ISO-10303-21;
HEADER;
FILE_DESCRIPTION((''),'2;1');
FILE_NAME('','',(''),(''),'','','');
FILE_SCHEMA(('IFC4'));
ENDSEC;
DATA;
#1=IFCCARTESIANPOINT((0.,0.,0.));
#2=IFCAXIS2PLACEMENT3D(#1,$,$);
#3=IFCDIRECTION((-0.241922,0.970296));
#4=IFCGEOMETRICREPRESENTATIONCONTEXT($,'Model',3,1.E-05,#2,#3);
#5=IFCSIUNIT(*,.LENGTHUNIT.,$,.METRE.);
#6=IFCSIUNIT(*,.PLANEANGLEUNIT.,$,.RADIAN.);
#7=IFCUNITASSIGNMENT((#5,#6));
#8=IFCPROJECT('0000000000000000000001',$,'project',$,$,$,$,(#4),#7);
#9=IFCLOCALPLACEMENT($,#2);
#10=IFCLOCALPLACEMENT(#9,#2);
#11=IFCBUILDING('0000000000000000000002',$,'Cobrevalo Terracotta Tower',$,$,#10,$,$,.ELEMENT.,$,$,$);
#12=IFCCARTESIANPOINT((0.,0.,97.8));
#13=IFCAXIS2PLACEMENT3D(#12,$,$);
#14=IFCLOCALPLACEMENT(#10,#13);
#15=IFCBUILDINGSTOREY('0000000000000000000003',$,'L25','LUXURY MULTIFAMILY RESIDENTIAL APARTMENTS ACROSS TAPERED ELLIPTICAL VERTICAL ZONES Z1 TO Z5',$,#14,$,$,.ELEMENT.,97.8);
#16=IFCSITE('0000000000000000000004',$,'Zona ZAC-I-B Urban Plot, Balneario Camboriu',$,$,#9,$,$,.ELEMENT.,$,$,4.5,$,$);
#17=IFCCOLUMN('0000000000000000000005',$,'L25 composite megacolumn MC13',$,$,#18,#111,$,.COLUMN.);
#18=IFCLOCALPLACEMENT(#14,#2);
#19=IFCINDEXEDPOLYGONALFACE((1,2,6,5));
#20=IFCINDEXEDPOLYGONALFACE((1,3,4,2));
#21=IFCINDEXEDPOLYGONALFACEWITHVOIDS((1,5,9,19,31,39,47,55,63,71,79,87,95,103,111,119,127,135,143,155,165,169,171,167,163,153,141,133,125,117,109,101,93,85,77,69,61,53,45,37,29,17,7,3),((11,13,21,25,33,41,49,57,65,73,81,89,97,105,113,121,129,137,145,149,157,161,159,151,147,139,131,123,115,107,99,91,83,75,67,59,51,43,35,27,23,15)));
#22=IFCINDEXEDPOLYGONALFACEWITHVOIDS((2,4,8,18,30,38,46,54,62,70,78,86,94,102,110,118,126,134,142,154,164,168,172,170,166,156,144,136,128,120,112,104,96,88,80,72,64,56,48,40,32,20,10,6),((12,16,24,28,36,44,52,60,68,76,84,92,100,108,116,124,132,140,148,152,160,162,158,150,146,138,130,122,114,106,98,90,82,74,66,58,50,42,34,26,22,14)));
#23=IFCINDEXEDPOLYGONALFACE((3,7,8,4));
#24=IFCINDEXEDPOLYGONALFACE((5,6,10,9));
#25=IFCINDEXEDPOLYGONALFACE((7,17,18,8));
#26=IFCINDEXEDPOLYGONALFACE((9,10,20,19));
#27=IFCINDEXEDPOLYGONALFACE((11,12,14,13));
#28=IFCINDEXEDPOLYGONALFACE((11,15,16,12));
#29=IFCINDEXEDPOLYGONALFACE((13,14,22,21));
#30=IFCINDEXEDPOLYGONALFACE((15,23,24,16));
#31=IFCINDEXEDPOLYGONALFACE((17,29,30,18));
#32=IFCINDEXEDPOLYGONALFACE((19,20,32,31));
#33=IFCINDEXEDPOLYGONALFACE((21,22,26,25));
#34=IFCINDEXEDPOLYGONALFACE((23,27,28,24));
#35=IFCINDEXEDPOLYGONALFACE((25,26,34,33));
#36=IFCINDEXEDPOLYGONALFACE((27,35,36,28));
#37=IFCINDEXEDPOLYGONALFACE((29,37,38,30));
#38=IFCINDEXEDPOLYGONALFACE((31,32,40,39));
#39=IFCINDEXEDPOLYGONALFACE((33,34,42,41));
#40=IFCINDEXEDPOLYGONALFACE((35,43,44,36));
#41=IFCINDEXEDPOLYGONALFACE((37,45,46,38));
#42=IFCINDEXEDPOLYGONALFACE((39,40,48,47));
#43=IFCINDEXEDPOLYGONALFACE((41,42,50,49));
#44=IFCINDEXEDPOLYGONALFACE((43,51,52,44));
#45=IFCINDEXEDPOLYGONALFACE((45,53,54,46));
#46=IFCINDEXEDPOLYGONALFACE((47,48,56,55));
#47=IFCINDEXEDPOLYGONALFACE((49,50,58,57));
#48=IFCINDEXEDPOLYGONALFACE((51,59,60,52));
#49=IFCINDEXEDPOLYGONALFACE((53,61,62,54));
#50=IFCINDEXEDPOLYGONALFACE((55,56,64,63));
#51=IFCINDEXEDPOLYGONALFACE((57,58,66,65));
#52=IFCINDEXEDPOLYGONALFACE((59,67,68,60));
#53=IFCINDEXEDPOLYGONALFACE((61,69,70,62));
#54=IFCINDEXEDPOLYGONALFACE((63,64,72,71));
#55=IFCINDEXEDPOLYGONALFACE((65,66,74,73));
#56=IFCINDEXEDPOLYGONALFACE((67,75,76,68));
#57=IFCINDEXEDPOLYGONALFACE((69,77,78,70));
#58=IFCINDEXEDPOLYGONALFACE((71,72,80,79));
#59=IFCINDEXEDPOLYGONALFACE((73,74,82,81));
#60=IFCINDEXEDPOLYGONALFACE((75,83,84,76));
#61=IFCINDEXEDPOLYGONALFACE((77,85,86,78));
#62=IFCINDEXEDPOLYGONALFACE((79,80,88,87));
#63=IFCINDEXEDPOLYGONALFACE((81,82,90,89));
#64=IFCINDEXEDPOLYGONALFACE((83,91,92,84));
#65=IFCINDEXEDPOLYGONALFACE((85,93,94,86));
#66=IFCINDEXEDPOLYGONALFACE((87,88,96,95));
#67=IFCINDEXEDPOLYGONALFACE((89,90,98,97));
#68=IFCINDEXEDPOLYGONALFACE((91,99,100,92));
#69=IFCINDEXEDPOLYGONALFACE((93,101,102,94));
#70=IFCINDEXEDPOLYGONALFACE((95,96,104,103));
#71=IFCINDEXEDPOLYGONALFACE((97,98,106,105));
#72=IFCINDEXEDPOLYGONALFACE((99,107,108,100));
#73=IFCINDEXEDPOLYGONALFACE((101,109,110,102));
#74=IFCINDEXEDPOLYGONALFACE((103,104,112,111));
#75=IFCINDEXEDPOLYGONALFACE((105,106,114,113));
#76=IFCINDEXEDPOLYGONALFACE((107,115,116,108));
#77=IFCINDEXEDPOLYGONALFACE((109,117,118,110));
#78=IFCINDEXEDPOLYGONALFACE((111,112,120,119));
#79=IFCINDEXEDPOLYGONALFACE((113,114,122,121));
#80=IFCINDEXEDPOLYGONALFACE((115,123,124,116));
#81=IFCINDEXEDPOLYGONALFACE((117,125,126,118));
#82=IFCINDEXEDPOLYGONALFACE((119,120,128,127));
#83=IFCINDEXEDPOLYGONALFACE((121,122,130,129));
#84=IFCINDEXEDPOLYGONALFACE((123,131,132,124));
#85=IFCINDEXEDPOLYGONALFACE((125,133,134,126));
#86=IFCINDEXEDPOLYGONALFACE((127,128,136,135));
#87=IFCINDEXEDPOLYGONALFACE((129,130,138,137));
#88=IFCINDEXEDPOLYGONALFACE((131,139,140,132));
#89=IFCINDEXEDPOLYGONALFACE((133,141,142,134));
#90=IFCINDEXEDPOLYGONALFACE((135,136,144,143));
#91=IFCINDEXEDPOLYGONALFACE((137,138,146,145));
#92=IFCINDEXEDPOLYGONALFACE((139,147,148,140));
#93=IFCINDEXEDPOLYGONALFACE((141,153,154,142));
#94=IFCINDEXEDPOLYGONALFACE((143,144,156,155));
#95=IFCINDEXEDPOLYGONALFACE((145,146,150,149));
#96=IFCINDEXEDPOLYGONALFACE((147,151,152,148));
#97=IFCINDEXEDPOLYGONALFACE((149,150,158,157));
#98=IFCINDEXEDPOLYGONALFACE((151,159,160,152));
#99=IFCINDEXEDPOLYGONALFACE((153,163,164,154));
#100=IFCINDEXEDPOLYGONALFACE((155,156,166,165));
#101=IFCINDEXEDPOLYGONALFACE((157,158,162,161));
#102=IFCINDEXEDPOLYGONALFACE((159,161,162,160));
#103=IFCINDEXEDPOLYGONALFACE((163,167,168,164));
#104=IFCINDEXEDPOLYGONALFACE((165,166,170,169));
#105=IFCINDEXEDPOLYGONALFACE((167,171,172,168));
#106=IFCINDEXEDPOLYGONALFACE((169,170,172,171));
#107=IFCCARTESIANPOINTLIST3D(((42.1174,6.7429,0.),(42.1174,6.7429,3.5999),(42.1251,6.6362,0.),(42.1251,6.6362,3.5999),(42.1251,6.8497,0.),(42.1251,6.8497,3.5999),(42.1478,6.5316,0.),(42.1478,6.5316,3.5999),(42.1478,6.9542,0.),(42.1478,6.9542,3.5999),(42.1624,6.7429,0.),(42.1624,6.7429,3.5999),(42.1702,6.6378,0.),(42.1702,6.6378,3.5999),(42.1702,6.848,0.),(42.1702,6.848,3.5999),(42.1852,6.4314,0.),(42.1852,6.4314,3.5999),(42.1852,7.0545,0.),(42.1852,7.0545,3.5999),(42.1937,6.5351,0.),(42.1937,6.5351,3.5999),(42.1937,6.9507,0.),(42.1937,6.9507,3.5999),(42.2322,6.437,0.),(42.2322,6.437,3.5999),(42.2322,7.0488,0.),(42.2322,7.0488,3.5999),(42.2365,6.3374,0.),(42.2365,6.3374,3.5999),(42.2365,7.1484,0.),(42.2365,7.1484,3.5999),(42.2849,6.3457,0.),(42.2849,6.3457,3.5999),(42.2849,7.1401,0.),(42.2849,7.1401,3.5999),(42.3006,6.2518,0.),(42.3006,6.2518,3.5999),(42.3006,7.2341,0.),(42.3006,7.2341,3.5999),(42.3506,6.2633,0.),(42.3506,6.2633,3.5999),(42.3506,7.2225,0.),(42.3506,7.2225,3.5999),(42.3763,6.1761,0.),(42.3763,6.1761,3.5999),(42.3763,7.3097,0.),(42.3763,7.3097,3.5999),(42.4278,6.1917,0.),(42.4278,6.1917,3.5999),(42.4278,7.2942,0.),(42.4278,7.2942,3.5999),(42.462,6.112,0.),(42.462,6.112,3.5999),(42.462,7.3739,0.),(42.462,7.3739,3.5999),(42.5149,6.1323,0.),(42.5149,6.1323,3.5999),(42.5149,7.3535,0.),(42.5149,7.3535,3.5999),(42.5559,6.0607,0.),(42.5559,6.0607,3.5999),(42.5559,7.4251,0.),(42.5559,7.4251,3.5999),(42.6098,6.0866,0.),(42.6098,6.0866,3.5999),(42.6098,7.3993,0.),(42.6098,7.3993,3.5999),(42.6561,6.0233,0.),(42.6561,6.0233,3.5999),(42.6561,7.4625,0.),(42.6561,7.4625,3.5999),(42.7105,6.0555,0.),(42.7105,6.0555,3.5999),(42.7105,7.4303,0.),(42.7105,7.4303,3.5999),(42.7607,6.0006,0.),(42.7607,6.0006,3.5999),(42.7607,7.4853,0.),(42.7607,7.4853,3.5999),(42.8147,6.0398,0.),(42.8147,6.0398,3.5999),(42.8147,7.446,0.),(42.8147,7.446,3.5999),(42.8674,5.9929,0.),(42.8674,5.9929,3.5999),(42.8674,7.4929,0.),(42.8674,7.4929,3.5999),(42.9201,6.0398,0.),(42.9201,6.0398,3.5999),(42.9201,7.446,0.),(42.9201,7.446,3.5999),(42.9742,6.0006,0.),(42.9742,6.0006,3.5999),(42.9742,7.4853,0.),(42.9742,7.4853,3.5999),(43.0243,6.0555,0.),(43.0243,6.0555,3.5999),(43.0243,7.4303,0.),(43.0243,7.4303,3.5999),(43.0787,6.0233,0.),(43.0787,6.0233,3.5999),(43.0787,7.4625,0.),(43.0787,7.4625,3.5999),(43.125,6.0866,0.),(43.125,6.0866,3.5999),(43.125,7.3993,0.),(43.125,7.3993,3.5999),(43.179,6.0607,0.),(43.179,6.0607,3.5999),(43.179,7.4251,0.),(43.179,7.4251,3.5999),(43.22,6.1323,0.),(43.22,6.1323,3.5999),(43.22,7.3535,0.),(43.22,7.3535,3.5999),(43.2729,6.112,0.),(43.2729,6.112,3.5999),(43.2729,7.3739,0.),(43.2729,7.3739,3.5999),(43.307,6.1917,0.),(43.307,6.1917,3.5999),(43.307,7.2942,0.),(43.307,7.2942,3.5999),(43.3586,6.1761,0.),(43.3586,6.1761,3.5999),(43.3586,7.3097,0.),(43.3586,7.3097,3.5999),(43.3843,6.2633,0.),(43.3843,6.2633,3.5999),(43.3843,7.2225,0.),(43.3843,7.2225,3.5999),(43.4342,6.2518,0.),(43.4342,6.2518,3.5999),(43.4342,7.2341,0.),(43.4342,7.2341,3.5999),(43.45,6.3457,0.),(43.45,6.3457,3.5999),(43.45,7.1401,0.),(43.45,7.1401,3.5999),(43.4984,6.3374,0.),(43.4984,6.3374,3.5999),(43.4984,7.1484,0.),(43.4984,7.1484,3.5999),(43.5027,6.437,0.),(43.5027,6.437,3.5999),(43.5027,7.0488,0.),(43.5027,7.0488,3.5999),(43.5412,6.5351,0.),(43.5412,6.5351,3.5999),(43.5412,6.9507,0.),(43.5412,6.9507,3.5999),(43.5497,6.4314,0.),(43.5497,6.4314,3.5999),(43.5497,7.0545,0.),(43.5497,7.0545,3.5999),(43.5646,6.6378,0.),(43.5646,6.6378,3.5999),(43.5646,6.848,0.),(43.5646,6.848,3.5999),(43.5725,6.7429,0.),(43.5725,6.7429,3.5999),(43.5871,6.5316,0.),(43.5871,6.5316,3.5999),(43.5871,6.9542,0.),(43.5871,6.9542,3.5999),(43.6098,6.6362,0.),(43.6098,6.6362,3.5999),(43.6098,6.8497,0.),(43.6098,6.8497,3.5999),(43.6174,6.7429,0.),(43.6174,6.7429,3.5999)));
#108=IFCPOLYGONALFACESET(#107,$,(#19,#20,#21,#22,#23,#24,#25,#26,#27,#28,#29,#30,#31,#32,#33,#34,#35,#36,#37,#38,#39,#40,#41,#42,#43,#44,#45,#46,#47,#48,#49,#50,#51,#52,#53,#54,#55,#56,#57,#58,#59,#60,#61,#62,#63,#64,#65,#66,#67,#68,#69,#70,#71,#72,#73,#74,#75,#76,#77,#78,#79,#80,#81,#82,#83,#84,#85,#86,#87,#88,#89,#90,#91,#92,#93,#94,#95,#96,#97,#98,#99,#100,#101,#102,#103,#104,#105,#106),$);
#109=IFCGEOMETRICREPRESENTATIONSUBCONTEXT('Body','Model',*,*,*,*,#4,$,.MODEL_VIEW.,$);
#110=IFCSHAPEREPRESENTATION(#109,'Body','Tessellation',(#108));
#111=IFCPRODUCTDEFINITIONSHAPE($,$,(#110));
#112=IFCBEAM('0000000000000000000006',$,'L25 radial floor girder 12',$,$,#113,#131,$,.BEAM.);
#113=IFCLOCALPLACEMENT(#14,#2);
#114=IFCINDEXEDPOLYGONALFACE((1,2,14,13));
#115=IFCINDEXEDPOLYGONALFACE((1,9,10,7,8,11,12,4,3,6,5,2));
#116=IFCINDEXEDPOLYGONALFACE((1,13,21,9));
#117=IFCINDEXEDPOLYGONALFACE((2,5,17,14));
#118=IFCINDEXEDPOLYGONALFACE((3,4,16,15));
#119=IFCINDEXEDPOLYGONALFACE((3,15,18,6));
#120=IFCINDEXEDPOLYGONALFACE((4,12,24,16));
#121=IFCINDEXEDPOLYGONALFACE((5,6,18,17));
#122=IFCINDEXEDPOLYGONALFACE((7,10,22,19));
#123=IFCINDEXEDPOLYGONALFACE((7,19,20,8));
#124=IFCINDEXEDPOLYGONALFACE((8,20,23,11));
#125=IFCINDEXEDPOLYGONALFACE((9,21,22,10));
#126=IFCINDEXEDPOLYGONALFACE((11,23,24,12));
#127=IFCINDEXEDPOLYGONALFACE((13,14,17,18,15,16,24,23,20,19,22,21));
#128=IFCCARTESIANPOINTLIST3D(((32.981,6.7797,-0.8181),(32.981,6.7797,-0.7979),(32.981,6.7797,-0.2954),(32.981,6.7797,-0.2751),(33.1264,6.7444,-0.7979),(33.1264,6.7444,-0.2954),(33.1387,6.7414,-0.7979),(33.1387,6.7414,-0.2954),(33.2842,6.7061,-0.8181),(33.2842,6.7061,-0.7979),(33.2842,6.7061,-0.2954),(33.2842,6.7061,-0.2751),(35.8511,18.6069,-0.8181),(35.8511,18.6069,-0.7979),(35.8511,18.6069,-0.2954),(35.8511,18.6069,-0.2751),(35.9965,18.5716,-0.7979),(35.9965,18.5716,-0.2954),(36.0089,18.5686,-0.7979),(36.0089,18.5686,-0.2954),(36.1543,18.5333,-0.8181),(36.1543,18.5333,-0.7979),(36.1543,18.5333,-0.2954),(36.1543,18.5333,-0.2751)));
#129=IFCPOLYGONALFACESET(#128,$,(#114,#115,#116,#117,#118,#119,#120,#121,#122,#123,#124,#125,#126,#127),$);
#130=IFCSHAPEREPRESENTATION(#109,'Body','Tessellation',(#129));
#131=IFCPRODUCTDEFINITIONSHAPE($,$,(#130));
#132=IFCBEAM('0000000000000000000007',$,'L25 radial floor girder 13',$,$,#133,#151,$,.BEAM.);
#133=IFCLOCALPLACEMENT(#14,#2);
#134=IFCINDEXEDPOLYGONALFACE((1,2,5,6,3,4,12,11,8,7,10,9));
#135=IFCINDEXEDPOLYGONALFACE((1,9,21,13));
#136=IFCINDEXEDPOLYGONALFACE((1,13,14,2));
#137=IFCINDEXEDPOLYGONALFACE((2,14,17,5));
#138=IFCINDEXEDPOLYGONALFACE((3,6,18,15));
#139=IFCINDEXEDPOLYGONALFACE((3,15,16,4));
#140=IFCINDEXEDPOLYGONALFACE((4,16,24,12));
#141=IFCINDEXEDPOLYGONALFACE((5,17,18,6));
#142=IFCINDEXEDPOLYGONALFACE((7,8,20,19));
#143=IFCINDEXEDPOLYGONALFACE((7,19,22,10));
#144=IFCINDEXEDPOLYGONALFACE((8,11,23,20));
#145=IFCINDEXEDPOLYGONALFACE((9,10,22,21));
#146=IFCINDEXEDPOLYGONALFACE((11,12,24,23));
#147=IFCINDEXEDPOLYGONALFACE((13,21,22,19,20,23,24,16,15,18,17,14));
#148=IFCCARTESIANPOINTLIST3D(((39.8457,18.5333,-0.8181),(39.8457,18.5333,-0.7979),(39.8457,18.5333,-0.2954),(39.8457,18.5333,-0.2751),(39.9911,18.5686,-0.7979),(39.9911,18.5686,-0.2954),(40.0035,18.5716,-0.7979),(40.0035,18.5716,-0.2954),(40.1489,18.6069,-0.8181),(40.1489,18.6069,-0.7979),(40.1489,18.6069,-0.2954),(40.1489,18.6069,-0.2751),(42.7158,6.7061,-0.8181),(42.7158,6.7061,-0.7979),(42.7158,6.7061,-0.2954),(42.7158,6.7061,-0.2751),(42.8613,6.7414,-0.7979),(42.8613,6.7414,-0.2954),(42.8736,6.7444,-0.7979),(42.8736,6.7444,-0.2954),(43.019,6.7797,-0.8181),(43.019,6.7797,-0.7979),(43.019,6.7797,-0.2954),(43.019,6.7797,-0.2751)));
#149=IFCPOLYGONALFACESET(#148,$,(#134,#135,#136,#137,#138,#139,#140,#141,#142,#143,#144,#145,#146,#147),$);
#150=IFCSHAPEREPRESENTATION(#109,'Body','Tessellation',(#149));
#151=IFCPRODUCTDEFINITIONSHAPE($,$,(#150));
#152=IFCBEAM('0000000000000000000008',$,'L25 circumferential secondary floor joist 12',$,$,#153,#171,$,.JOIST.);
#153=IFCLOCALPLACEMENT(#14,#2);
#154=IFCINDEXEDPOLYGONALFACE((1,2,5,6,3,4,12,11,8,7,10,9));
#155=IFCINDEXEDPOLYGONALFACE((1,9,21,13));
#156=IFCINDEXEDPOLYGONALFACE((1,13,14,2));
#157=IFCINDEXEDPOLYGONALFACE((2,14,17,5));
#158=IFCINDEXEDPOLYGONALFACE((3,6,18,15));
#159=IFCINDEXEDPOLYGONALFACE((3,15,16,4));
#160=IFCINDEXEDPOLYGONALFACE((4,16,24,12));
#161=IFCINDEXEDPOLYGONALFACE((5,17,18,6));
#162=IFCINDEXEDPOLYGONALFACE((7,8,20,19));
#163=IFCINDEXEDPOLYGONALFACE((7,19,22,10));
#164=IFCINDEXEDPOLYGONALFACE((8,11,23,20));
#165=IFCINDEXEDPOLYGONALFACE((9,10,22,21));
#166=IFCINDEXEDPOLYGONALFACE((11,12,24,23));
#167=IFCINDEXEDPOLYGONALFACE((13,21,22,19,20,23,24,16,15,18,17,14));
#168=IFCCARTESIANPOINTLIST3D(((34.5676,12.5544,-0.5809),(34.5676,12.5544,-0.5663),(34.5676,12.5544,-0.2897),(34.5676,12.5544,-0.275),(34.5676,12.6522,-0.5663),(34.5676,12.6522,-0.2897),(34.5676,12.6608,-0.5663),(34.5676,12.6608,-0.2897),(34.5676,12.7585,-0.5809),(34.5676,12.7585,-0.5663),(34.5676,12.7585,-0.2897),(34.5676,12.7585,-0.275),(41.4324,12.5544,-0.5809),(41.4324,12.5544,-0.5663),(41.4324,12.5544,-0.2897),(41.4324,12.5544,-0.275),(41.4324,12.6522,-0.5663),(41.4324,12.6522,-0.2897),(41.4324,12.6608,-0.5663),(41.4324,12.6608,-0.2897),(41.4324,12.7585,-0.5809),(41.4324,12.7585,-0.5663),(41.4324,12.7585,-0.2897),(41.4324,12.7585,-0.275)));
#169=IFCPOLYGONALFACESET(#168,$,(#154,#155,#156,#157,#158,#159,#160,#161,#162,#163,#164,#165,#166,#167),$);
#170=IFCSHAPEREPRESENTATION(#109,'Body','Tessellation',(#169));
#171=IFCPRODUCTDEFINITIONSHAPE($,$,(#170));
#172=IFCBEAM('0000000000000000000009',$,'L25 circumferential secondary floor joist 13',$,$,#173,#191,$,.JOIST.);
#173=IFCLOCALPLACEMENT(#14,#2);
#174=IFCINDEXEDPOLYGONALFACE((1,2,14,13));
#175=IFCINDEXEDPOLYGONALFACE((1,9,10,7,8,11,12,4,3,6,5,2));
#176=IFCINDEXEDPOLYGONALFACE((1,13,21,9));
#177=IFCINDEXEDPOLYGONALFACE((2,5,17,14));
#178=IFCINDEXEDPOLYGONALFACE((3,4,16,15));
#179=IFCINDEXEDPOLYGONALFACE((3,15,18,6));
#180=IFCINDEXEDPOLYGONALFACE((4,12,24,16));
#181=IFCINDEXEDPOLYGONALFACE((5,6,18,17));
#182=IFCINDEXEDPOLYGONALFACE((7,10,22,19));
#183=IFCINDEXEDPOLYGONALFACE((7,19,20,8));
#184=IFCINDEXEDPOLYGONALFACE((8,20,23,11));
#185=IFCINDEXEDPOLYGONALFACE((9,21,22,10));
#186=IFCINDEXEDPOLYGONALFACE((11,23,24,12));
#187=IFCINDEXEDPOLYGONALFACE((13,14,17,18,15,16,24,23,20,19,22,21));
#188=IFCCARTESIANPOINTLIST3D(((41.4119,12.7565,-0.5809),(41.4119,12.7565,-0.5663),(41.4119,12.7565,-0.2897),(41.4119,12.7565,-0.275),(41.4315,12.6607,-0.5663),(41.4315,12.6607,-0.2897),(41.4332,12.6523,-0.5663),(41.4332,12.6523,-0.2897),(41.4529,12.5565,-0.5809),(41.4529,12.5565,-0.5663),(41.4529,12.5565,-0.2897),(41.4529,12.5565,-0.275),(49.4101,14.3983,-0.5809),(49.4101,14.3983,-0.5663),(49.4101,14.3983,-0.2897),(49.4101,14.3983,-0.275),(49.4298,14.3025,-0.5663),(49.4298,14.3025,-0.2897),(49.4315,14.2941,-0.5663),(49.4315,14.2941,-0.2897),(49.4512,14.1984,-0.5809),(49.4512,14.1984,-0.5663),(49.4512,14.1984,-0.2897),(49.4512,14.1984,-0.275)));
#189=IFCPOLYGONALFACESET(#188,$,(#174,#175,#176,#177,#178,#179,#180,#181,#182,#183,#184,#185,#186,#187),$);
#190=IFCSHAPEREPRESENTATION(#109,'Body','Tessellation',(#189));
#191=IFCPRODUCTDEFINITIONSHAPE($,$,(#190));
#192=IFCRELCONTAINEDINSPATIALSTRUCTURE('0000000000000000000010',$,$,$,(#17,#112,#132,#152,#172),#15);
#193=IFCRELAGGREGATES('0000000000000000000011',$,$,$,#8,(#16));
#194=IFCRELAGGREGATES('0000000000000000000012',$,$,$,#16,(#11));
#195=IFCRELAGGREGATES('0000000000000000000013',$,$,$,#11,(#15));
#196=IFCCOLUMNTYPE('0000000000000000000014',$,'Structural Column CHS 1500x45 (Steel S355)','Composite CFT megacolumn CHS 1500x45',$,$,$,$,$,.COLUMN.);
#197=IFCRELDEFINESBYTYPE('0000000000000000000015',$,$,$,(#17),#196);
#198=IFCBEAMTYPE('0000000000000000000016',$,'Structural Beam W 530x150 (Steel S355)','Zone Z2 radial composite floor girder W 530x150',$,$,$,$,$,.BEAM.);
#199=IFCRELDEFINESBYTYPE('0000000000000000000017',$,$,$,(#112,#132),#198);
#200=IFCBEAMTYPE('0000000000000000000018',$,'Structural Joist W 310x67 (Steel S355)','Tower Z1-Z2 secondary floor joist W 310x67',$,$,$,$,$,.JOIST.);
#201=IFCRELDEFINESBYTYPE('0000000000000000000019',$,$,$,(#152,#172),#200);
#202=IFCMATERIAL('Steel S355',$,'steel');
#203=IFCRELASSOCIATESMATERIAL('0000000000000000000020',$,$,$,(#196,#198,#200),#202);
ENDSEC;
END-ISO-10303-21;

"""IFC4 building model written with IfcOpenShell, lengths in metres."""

from ifc_helpers import new_model, si_unit, direction, frame, origin, origin_2d, place, context, subcontext, project, spatial, hollow_circle, i_section, extrude, material, material_profile, profile_set, type_object, element, save


model = new_model("IFC4")

# Units and contexts
model_context = context("Model", 3, precision=1e-05, world=origin(), true_north=direction((-0.241922, 0.970296)))
body_context = subcontext(model_context, "Body", "Model", "MODEL_VIEW")
ifc_project = project(units=[si_unit("LENGTHUNIT", "METRE"), si_unit("PLANEANGLEUNIT", "RADIAN")], contexts=[model_context])

# Site, building, storey
site_placement = place(None, origin())
site = spatial("IfcSite", under=ifc_project, at=site_placement, Name="Zona ZAC-I-B Urban Plot, Balneario Camboriu", CompositionType="ELEMENT", RefElevation=4.5)
building_placement = place(site_placement, origin())
building = spatial("IfcBuilding", under=site, at=building_placement, Name="Cobrevalo Terracotta Tower", CompositionType="ELEMENT")
storey_placement = place(building_placement, frame((0.0, 0.0, 97.8)))
storey = spatial("IfcBuildingStorey", under=building, at=storey_placement, Name="L25", Description="LUXURY MULTIFAMILY RESIDENTIAL APARTMENTS ACROSS TAPERED ELLIPTICAL VERTICAL ZONES Z1 TO Z5", CompositionType="ELEMENT", Elevation=97.8)

# Column
ifc_material_1 = material(Name="Steel S355", Category="steel")
ifc_material_profile_1 = material_profile(ifc_material_1, hollow_circle(Radius=0.75, WallThickness=0.0449, at=origin_2d()), Name="CHS 1500x45")
ifc_profile_set_1 = profile_set([ifc_material_profile_1], Name="Steel S355")
column_type = type_object("IfcColumnType", Name="Structural Column CHS 1500x45 (Steel S355)", Description="Composite CFT megacolumn CHS 1500x45", PredefinedType="COLUMN", material=ifc_profile_set_1)
column_placement = place(storey_placement, frame((42.8674, 6.7429, 0.0), z_axis=(0.0, 0.0, 1.0), x_axis=(1.0, 0.0, 0.0)))
element("IfcColumn", 1, at=column_placement, inside=storey, type_object=column_type, Name="L25 composite megacolumn MC13", PredefinedType="COLUMN", context=body_context, shape_type="SweptSolid", body=[
    extrude(hollow_circle(Radius=0.75, WallThickness=0.0449, at=origin_2d()), origin(), (0.0, 0.0, 1.0), 3.5999),
])

# Beams
ifc_material_profile_2 = material_profile(ifc_material_1, i_section(OverallWidth=0.312, OverallDepth=0.543, WebThickness=0.0127, FlangeThickness=0.0203, at=origin_2d()), Name="W 530x150")
ifc_profile_set_2 = profile_set([ifc_material_profile_2], Name="Steel S355")
beam_type_1 = type_object("IfcBeamType", Name="Structural Beam W 530x150 (Steel S355)", Description="Zone Z2 radial composite floor girder W 530x150", PredefinedType="BEAM", material=ifc_profile_set_2)
for number, where, z_axis, x_axis, name in (
    (2, (33.1326, 6.7429, -0.5466), (0.235827, 0.971795, 0.0), (-0.971795, 0.235827, 0.0), "L25 radial floor girder 12"),
    (3, (42.8674, 6.7429, -0.5466), (-0.235827, 0.971795, 0.0), (-0.971795, -0.235827, 0.0), "L25 radial floor girder 13"),
):
    element("IfcBeam", number, at=place(storey_placement, frame(where, z_axis=z_axis, x_axis=x_axis)), inside=storey, type_object=beam_type_1, Name=name, PredefinedType="BEAM", context=body_context, shape_type="SweptSolid", body=[
        extrude(i_section(OverallWidth=0.312, OverallDepth=0.543, WebThickness=0.0127, FlangeThickness=0.0203, at=origin_2d()), origin(), (0.0, 0.0, 1.0), 12.1704),
    ])
ifc_material_profile_3 = material_profile(ifc_material_1, i_section(OverallWidth=0.2041, OverallDepth=0.3059, WebThickness=0.0085, FlangeThickness=0.0146, at=origin_2d()), Name="W 310x67")
ifc_profile_set_3 = profile_set([ifc_material_profile_3], Name="Steel S355")
beam_type_2 = type_object("IfcBeamType", Name="Structural Joist W 310x67 (Steel S355)", Description="Tower Z1-Z2 secondary floor joist W 310x67", PredefinedType="JOIST", material=ifc_profile_set_3)
beam_1_placement = place(storey_placement, frame((34.5676, 12.6565, -0.428), z_axis=(1.0, 0.0, 0.0), x_axis=(0.0, 1.0, 0.0)))
element("IfcBeam", 4, at=beam_1_placement, inside=storey, type_object=beam_type_2, Name="L25 circumferential secondary floor joist 12", PredefinedType="JOIST", context=body_context, shape_type="SweptSolid", body=[
    extrude(i_section(OverallWidth=0.2041, OverallDepth=0.3059, WebThickness=0.0085, FlangeThickness=0.0146, at=origin_2d()), origin(), (0.0, 0.0, 1.0), 6.8647),
])
beam_2_placement = place(storey_placement, frame((41.4324, 12.6565, -0.428), z_axis=(0.979574, 0.201082, 0.0), x_axis=(-0.201082, 0.979574, 0.0)))
element("IfcBeam", 5, at=beam_2_placement, inside=storey, type_object=beam_type_2, Name="L25 circumferential secondary floor joist 13", PredefinedType="JOIST", context=body_context, shape_type="SweptSolid", body=[
    extrude(i_section(OverallWidth=0.2041, OverallDepth=0.3059, WebThickness=0.0085, FlangeThickness=0.0146, at=origin_2d()), origin(), (0.0, 0.0, 1.0), 8.165),
])

save(model, "model.ifc")
